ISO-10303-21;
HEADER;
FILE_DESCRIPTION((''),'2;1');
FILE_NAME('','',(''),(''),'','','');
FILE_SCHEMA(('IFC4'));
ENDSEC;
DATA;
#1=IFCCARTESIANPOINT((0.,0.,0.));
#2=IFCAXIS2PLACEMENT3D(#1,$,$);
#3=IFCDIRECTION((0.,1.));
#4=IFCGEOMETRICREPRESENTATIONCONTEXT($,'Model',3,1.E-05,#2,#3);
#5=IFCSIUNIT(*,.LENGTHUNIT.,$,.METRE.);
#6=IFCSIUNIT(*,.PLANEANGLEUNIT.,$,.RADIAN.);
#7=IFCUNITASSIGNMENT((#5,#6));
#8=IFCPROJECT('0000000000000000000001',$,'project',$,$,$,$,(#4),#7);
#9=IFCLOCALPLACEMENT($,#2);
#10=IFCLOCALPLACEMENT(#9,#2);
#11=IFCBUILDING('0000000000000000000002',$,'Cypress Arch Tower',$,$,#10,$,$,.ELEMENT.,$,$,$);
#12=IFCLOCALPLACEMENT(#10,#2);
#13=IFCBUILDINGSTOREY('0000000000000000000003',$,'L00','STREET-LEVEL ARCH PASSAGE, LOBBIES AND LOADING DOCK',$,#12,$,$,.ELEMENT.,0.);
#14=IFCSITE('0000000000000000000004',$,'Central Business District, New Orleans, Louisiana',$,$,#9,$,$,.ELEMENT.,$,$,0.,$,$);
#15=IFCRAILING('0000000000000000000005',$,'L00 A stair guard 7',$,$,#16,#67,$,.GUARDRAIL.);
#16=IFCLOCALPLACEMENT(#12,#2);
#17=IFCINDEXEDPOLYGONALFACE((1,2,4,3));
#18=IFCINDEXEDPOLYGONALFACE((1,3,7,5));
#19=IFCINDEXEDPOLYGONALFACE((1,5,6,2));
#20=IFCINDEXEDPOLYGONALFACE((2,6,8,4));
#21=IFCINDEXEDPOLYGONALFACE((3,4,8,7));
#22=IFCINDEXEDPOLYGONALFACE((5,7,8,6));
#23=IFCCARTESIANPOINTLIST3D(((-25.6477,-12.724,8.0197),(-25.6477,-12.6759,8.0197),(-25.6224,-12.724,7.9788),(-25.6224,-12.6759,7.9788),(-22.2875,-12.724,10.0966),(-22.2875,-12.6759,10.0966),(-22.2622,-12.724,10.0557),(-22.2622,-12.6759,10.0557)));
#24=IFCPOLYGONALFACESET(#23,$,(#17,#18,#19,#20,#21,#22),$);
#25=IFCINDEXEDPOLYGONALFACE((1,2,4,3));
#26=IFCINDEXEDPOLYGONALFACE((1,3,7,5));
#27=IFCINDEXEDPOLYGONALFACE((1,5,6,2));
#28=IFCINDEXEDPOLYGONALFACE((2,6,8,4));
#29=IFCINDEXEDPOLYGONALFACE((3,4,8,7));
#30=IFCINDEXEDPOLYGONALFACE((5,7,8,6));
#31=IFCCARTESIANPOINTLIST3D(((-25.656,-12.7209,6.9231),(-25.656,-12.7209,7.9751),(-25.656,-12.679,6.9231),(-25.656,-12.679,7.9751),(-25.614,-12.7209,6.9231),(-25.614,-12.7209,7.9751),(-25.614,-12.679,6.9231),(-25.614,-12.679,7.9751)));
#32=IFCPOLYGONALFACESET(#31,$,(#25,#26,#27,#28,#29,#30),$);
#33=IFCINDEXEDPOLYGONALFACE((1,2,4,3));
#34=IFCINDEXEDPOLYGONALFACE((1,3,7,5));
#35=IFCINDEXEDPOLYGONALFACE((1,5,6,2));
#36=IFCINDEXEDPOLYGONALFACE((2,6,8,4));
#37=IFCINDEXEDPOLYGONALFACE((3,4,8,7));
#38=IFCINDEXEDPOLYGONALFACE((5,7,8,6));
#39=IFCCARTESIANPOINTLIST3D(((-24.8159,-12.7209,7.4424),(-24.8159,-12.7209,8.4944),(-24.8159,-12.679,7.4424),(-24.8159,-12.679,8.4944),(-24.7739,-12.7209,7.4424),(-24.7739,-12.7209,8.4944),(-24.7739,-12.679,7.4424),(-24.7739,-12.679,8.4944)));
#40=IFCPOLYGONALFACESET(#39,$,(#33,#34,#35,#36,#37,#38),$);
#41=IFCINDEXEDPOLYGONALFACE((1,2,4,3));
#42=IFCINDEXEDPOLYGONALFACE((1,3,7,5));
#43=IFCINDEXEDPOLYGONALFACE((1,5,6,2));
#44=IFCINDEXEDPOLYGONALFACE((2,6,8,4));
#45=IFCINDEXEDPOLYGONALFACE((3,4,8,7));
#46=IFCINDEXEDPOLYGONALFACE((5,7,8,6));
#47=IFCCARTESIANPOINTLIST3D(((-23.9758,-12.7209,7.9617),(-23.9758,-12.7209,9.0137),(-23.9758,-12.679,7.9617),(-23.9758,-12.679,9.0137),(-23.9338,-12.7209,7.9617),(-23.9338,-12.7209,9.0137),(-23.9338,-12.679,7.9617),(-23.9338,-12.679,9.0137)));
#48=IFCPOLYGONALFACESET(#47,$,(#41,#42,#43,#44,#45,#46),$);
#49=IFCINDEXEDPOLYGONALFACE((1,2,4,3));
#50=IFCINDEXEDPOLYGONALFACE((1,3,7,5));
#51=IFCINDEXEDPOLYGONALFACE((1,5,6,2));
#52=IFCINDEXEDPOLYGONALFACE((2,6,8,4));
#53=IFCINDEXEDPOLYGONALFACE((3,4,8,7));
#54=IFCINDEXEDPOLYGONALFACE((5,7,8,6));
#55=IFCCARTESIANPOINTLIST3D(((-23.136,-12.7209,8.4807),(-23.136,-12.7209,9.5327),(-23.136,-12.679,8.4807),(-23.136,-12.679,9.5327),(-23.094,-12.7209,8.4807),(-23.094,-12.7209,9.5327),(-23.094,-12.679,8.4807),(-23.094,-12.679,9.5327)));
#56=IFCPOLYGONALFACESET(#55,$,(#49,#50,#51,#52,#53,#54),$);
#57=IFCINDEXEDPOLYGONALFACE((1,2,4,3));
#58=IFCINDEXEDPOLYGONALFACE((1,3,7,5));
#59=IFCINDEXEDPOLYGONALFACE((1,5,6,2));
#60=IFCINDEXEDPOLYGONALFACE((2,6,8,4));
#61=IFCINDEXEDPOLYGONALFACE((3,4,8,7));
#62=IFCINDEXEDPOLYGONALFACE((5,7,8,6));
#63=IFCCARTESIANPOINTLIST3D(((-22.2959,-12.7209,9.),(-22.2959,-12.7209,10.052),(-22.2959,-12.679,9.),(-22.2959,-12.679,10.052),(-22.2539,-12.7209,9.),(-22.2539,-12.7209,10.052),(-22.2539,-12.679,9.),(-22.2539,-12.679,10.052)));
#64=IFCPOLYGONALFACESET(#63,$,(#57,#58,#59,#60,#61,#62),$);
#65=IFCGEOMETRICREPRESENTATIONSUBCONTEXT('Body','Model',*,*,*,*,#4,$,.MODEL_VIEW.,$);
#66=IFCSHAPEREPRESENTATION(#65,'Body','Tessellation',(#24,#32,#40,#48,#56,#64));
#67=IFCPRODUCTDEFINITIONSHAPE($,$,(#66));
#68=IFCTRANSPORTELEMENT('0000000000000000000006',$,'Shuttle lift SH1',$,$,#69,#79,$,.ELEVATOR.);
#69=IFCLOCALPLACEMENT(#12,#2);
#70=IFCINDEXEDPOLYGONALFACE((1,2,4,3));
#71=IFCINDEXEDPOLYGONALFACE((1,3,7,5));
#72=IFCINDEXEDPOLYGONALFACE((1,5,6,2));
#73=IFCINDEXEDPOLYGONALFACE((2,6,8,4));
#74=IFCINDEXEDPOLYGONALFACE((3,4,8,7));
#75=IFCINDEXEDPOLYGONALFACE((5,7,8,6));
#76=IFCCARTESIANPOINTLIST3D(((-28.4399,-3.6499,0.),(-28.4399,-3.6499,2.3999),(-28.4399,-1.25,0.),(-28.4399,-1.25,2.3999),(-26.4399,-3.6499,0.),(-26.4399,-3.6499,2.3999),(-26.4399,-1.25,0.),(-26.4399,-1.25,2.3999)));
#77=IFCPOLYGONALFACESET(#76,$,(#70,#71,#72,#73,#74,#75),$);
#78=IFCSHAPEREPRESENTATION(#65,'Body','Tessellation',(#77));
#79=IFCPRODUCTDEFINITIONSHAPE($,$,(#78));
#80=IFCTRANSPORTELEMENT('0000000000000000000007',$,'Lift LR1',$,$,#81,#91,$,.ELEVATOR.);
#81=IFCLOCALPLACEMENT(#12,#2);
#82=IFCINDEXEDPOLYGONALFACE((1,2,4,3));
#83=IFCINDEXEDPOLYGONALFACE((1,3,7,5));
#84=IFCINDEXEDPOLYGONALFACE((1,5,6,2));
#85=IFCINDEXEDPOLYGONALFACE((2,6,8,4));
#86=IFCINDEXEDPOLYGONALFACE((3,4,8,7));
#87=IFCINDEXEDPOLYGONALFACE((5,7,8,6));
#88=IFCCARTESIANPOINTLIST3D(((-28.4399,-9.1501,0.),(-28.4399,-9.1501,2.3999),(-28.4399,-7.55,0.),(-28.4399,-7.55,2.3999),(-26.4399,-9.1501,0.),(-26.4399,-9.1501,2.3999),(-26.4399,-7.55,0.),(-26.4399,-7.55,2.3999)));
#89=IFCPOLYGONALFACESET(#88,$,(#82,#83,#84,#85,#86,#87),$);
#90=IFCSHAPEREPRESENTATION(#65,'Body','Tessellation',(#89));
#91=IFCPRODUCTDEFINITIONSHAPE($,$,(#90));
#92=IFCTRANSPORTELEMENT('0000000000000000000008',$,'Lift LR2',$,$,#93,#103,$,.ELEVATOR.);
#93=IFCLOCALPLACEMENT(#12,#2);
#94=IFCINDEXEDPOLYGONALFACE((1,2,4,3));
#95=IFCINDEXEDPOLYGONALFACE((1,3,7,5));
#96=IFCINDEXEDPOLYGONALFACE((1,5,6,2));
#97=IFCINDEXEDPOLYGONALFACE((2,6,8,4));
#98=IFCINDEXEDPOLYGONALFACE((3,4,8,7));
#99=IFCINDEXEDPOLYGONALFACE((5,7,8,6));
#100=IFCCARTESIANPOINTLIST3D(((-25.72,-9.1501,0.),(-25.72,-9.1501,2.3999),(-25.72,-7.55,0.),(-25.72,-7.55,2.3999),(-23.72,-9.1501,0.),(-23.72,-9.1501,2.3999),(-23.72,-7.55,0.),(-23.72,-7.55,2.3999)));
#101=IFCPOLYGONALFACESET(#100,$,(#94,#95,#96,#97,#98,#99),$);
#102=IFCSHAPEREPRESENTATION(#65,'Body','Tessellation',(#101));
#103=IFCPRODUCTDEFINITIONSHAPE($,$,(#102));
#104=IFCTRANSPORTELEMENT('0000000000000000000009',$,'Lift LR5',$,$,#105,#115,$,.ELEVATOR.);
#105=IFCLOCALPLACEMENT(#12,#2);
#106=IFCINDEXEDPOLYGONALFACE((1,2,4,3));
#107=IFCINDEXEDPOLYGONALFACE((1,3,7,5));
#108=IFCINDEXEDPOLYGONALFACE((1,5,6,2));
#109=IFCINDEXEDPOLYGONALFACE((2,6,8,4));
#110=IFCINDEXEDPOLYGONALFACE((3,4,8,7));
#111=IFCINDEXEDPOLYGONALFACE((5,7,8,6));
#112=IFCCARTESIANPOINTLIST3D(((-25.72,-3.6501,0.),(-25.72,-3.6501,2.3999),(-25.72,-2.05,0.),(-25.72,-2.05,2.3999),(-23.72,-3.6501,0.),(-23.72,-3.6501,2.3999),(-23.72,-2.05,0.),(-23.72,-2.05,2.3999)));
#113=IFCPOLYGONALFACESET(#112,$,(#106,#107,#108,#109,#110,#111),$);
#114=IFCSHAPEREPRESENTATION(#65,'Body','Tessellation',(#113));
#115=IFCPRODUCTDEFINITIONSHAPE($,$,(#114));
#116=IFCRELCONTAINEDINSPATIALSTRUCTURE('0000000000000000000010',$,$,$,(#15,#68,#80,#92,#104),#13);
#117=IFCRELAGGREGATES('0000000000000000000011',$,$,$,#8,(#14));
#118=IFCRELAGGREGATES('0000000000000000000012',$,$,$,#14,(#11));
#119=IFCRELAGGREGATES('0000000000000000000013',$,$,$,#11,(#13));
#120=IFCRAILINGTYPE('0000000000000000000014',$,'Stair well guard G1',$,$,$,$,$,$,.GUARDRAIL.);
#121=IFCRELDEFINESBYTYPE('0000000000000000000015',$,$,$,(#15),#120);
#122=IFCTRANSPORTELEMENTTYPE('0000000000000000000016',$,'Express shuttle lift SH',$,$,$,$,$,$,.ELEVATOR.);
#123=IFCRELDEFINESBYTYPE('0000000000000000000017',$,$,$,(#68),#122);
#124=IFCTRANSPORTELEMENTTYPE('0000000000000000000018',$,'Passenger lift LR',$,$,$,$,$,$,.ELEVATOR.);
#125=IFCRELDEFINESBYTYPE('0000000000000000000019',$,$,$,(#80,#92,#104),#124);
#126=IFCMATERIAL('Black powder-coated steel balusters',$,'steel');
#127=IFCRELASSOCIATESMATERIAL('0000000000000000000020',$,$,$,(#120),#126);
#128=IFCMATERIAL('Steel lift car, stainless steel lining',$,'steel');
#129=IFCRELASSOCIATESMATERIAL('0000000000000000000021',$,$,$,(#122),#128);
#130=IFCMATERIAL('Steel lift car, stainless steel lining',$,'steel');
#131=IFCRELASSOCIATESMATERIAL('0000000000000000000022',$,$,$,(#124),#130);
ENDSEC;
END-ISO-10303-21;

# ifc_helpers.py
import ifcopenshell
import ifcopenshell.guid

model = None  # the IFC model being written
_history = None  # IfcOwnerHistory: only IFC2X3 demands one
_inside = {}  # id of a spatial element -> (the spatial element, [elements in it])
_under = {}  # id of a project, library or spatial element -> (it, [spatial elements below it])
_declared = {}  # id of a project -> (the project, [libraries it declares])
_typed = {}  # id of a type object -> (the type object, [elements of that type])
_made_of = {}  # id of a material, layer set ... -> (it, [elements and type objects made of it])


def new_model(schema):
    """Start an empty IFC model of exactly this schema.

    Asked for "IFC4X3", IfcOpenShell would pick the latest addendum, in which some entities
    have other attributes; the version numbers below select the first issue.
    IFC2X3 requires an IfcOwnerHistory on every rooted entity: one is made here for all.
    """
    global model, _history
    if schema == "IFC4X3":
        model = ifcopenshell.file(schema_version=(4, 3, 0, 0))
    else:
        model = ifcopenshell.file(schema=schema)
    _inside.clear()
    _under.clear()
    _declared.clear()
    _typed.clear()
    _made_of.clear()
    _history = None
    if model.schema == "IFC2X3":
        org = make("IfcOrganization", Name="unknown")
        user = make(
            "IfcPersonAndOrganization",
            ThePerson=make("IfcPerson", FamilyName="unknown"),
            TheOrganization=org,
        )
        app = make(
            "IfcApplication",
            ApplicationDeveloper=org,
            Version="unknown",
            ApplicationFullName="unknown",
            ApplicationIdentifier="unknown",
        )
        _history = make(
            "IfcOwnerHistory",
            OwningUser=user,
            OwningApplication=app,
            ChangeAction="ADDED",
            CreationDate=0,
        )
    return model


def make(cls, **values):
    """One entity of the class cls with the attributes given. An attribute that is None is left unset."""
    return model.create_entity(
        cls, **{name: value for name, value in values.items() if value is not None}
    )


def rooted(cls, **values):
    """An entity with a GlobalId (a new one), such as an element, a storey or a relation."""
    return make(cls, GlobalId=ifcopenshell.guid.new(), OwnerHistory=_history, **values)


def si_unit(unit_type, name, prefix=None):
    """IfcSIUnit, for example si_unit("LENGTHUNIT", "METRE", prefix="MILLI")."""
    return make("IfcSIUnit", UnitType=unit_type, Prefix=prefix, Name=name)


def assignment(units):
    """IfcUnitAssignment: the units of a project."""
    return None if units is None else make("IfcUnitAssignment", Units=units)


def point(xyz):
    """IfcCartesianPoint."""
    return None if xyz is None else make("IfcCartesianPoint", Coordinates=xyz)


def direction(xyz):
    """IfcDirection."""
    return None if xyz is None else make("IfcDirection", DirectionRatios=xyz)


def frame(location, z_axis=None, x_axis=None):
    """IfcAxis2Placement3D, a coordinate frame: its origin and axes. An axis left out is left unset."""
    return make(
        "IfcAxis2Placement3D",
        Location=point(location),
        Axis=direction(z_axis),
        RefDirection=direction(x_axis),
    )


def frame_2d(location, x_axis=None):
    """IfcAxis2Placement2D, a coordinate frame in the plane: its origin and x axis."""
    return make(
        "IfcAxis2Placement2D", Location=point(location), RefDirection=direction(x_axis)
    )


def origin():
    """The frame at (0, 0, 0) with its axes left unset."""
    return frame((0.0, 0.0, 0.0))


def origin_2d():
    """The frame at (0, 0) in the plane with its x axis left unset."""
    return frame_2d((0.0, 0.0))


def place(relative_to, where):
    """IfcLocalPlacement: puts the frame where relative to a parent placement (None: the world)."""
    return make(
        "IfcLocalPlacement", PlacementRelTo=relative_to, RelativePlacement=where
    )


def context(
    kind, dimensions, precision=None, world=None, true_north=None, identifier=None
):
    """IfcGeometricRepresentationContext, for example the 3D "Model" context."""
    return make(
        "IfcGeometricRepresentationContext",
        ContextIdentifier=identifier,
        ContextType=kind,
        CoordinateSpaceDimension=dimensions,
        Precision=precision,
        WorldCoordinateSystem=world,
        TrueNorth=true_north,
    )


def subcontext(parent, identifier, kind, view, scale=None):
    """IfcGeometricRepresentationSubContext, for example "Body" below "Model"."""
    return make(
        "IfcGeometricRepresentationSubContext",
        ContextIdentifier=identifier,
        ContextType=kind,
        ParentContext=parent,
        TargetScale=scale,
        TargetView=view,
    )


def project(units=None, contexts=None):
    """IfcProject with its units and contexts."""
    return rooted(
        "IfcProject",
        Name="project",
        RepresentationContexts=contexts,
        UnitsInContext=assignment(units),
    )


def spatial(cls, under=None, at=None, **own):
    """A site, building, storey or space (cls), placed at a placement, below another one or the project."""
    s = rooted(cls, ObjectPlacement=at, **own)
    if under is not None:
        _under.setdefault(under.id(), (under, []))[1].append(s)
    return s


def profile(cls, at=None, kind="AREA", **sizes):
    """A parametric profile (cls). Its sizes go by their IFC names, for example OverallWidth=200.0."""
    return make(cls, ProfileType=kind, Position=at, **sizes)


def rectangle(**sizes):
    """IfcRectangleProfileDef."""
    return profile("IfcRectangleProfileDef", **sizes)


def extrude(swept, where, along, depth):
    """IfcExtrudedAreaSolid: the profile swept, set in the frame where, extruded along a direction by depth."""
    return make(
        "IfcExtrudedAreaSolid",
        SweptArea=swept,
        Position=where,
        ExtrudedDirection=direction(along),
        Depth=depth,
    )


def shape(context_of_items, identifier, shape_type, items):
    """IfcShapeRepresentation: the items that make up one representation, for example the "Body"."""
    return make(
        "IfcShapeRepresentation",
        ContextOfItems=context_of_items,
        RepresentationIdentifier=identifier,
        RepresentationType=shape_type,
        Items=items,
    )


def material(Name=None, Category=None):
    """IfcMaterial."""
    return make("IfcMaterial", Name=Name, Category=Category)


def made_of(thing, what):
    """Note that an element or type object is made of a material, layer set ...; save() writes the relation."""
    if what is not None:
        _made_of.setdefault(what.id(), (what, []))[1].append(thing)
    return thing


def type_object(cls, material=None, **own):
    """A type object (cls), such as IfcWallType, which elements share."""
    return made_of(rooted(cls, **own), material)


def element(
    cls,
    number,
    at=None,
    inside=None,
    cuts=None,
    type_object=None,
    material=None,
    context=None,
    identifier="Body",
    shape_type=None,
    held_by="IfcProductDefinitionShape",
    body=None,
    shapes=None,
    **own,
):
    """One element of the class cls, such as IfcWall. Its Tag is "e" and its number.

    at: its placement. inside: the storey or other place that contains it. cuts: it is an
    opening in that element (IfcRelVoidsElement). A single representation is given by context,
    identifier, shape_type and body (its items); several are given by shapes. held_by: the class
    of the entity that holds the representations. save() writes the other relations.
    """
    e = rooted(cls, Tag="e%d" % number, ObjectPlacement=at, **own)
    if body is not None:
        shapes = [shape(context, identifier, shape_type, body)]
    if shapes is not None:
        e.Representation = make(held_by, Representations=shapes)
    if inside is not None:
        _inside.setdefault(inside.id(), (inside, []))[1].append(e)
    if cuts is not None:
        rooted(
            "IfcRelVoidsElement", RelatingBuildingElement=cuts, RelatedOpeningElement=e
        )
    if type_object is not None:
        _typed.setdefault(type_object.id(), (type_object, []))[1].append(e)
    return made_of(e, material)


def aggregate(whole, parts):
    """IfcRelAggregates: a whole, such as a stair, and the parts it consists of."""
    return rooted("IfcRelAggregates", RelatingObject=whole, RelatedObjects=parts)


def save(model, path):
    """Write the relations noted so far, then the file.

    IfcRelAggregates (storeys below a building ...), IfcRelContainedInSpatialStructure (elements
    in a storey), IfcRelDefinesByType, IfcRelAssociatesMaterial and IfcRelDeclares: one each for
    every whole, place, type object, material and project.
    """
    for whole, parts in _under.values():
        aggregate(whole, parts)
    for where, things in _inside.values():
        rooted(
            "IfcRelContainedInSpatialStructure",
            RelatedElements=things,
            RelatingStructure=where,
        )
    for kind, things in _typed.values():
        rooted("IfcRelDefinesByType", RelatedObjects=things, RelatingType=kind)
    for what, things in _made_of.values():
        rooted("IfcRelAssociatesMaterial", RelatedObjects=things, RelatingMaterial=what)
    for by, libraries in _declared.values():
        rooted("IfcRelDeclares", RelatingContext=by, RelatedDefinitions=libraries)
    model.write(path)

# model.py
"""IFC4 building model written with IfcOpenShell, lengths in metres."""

from ifc_helpers import new_model, si_unit, direction, frame, origin, origin_2d, place, context, subcontext, project, spatial, rectangle, extrude, material, type_object, element, save


model = new_model("IFC4")

# Units and contexts
model_context = context("Model", 3, precision=1e-05, world=origin(), true_north=direction((0.0, 1.0)))
body_context = subcontext(model_context, "Body", "Model", "MODEL_VIEW")
ifc_project = project(units=[si_unit("LENGTHUNIT", "METRE"), si_unit("PLANEANGLEUNIT", "RADIAN")], contexts=[model_context])

# Site, building, storey
site_placement = place(None, origin())
site = spatial("IfcSite", under=ifc_project, at=site_placement, Name="Central Business District, New Orleans, Louisiana", CompositionType="ELEMENT", RefElevation=0.0)
building_placement = place(site_placement, origin())
building = spatial("IfcBuilding", under=site, at=building_placement, Name="Cypress Arch Tower", CompositionType="ELEMENT")
storey_placement = place(building_placement, origin())
storey = spatial("IfcBuildingStorey", under=building, at=storey_placement, Name="L00", Description="STREET-LEVEL ARCH PASSAGE, LOBBIES AND LOADING DOCK", CompositionType="ELEMENT", Elevation=0.0)

# Railing
ifc_material_1 = material(Name="Black powder-coated steel balusters", Category="steel")
railing_type_1 = type_object("IfcRailingType", Name="Stair well guard G1", PredefinedType="GUARDRAIL", material=ifc_material_1)
railing_1_placement = place(storey_placement, frame((-25.635, -12.7, 6.9231)))
element("IfcRailing", 1, at=railing_1_placement, inside=storey, type_object=railing_type_1, Name="L00 A stair guard 7", PredefinedType="GUARDRAIL", context=body_context, shape_type="SweptSolid", body=[
    extrude(rectangle(XDim=0.0481, YDim=0.0481, at=origin_2d()), frame((0.0, 0.0, 1.0762), z_axis=(0.850623, 0.0, 0.525776), x_axis=(0.0, 1.0, 0.0)), (0.0, 0.0, 1.0), 3.9502),
    extrude(rectangle(XDim=0.042, YDim=0.042, at=origin_2d()), origin(), (0.0, 0.0, 1.0), 1.052),
    extrude(rectangle(XDim=0.042, YDim=0.042, at=origin_2d()), frame((0.8401, 0.0, 0.5193)), (0.0, 0.0, 1.0), 1.052),
    extrude(rectangle(XDim=0.042, YDim=0.042, at=origin_2d()), frame((1.6802, 0.0, 1.0386)), (0.0, 0.0, 1.0), 1.052),
    extrude(rectangle(XDim=0.042, YDim=0.042, at=origin_2d()), frame((2.52, 0.0, 1.5576)), (0.0, 0.0, 1.0), 1.052),
    extrude(rectangle(XDim=0.042, YDim=0.042, at=origin_2d()), frame((3.3601, 0.0, 2.0769)), (0.0, 0.0, 1.0), 1.052),
])

# Transport elements
ifc_material_2 = material(Name="Steel lift car, stainless steel lining", Category="steel")
transport_element_type_1 = type_object("IfcTransportElementType", Name="Express shuttle lift SH", PredefinedType="ELEVATOR", material=ifc_material_2)
transport_element_placement = place(storey_placement, frame((-27.4399, -2.45, 0.0), z_axis=(0.0, 0.0, 1.0), x_axis=(1.0, 0.0, 0.0)))
element("IfcTransportElement", 2, at=transport_element_placement, inside=storey, type_object=transport_element_type_1, Name="Shuttle lift SH1", PredefinedType="ELEVATOR", context=body_context, shape_type="SweptSolid", body=[
    extrude(rectangle(XDim=2.0, YDim=2.3999, at=origin_2d()), origin(), (0.0, 0.0, 1.0), 2.3999),
])
ifc_material_3 = material(Name="Steel lift car, stainless steel lining", Category="steel")
transport_element_type_2 = type_object("IfcTransportElementType", Name="Passenger lift LR", PredefinedType="ELEVATOR", material=ifc_material_3)
for number, where, z_axis, x_axis, name in (
    (3, (-27.4399, -8.3501, 0.0), (0.0, 0.0, 1.0), (1.0, 0.0, 0.0), "Lift LR1"),
    (4, (-24.72, -8.3501, 0.0), (0.0, 0.0, 1.0), (1.0, 0.0, 0.0), "Lift LR2"),
    (5, (-24.72, -2.8501, 0.0), (0.0, 0.0, 1.0), (1.0, 0.0, 0.0), "Lift LR5"),
):
    element("IfcTransportElement", number, at=place(storey_placement, frame(where, z_axis=z_axis, x_axis=x_axis)), inside=storey, type_object=transport_element_type_2, Name=name, PredefinedType="ELEVATOR", context=body_context, shape_type="SweptSolid", body=[
        extrude(rectangle(XDim=2.0, YDim=1.6001, at=origin_2d()), origin(), (0.0, 0.0, 1.0), 2.3999),
    ])

save(model, "model.ifc")
